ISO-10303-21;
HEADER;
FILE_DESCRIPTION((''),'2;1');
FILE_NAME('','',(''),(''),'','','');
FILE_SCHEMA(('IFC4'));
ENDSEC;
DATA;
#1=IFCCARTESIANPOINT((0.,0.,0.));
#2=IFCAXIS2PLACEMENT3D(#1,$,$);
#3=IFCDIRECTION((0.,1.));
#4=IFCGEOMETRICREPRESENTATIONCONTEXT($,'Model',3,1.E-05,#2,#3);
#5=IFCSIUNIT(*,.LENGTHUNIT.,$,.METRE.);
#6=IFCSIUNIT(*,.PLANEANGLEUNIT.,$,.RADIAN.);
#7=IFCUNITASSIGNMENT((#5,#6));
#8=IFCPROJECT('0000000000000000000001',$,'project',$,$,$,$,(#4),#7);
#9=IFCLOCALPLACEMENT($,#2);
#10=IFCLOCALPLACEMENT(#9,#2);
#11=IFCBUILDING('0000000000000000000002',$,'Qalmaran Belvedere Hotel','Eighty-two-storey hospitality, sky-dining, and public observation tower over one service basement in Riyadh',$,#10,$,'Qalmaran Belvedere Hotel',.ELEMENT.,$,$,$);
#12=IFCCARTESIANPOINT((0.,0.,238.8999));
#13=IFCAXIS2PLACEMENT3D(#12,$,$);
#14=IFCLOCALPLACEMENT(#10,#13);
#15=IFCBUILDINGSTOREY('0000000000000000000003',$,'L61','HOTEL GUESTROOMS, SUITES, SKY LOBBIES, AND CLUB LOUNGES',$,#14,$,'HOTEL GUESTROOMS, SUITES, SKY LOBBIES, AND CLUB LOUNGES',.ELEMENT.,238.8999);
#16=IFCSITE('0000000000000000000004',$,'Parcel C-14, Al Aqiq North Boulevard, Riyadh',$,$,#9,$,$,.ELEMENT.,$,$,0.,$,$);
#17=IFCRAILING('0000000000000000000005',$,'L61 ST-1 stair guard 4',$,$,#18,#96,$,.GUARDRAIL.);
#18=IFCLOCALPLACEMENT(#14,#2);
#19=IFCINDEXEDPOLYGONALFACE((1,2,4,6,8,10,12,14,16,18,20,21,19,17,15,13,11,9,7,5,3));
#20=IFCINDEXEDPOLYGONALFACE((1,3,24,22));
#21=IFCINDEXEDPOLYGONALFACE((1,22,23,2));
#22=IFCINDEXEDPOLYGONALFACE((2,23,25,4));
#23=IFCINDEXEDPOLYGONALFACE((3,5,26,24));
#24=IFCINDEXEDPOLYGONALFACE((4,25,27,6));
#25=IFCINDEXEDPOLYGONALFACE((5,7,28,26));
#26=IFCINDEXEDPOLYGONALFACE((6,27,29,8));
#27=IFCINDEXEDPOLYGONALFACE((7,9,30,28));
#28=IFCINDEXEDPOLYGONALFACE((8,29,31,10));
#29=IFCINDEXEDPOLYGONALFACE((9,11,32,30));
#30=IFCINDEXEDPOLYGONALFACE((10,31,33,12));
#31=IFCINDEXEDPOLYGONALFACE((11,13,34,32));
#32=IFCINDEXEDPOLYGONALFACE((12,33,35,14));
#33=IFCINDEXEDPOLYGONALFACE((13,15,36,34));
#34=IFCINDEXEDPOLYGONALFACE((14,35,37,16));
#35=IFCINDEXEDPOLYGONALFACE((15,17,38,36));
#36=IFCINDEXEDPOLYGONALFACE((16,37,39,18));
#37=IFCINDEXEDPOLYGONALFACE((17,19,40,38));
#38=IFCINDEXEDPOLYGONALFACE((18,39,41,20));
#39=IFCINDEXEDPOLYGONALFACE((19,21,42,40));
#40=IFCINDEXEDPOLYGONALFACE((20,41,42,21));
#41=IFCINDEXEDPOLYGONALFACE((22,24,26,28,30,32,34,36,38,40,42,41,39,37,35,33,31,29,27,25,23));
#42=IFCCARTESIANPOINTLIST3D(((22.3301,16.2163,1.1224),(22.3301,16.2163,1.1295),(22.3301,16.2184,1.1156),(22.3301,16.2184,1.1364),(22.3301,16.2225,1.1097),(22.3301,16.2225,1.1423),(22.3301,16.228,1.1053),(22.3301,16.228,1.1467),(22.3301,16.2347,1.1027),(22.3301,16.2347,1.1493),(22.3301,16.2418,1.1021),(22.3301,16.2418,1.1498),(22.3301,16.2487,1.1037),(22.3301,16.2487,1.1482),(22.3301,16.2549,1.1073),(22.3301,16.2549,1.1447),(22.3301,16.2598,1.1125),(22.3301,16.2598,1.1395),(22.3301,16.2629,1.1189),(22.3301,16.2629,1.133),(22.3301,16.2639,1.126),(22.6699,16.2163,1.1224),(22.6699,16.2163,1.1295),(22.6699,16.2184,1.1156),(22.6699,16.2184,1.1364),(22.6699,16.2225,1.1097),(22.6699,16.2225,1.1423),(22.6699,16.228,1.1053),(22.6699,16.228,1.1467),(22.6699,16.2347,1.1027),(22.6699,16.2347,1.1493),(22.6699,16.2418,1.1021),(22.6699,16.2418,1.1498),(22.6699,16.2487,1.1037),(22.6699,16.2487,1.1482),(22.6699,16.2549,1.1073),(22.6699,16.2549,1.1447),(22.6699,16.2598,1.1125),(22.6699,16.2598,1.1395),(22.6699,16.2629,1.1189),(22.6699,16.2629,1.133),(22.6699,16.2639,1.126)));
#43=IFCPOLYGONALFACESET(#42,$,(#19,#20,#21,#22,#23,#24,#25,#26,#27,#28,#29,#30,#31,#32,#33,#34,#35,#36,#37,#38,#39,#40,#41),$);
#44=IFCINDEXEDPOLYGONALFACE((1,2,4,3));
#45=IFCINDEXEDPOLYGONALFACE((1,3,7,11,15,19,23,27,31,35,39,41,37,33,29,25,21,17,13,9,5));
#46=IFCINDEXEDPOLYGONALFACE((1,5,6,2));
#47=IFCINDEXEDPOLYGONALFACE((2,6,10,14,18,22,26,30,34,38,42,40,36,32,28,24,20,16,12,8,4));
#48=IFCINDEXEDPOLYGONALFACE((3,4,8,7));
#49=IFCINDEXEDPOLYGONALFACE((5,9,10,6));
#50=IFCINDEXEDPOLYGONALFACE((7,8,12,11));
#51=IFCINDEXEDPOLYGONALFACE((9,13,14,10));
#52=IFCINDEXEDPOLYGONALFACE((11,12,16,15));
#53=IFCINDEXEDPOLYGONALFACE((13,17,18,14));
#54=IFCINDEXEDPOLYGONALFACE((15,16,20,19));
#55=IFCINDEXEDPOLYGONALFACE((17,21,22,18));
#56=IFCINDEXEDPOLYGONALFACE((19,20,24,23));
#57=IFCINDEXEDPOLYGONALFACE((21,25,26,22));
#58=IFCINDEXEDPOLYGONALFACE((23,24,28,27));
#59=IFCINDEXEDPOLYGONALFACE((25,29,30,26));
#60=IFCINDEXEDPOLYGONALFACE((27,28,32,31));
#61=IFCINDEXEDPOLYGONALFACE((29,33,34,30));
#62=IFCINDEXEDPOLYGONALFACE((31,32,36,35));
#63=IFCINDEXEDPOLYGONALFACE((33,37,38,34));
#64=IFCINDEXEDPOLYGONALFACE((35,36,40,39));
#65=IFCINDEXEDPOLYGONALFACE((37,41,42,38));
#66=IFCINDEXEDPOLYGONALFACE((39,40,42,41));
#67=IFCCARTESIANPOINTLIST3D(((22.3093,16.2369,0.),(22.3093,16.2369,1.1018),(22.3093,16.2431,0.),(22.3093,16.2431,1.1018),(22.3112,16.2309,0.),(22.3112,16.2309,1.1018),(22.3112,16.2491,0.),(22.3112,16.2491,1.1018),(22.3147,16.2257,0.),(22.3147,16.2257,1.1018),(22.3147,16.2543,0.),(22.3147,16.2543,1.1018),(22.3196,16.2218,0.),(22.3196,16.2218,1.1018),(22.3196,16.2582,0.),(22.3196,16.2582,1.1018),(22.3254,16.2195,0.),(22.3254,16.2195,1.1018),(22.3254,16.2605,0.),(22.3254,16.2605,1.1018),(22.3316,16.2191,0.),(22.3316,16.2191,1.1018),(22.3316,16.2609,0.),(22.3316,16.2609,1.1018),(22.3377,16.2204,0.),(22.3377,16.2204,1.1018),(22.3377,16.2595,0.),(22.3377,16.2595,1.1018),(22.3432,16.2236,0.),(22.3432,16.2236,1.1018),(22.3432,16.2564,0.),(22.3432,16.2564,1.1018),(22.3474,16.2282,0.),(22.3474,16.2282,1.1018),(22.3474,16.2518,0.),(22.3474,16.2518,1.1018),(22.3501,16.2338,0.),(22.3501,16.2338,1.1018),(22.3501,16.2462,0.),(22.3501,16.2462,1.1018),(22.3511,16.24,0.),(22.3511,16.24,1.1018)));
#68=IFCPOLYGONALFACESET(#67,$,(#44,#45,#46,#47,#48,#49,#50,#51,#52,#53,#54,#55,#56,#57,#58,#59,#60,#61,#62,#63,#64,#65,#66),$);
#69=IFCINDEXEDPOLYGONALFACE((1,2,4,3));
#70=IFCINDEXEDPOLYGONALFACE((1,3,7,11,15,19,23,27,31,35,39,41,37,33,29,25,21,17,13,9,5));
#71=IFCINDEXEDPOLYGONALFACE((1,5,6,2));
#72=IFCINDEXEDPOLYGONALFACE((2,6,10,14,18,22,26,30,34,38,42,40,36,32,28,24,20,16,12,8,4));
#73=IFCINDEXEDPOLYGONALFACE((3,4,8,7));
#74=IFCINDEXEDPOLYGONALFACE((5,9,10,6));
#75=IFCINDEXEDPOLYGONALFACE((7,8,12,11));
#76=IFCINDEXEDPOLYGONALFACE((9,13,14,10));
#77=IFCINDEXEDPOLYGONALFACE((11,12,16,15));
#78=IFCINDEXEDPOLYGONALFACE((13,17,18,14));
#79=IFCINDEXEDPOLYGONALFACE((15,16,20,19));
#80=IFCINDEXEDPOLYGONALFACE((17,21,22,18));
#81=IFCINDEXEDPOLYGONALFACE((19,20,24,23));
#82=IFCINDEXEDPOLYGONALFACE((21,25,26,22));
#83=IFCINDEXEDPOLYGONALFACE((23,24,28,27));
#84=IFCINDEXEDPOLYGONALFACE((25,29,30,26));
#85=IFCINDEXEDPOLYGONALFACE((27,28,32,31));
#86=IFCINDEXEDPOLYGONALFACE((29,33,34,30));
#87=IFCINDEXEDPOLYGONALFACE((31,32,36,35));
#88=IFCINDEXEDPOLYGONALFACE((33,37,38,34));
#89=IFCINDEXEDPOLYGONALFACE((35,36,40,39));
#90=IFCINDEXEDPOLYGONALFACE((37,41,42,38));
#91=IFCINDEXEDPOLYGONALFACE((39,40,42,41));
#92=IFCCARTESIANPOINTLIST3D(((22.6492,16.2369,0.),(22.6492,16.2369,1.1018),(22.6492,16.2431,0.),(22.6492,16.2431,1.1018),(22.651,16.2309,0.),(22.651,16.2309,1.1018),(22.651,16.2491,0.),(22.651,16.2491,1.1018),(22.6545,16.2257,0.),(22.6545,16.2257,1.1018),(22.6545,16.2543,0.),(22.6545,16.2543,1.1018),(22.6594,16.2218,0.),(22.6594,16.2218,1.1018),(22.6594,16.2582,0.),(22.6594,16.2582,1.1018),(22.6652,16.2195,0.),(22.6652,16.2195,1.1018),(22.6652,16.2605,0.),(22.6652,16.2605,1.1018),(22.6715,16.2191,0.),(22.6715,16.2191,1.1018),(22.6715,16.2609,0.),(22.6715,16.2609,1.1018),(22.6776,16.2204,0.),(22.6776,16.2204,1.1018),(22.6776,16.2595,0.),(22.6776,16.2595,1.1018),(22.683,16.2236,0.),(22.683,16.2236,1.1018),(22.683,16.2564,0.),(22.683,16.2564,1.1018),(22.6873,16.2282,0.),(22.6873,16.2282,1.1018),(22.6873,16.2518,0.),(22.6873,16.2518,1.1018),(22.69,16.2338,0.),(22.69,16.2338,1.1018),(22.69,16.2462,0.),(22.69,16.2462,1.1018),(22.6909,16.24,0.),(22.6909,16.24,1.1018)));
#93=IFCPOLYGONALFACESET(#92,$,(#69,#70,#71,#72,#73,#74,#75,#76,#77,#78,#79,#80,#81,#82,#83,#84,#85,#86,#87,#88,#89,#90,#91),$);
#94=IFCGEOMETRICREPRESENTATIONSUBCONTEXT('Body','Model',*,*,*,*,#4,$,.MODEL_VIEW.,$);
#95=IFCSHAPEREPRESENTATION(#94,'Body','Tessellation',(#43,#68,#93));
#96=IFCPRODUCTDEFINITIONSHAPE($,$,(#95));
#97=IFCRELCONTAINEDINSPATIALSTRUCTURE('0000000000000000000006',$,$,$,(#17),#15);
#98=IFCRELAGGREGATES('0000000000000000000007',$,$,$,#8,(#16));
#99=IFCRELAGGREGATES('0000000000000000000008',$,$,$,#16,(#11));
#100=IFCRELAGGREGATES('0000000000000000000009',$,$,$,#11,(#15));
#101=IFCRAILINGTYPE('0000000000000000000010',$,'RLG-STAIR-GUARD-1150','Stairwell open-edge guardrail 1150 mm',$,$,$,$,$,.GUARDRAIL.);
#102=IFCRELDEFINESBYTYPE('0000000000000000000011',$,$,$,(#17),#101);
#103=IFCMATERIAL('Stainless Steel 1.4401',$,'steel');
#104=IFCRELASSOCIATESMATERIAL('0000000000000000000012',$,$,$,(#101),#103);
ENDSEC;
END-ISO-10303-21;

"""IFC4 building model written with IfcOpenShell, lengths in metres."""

from ifc_helpers import new_model, si_unit, direction, frame, origin, origin_2d, place, context, subcontext, project, spatial, circle, extrude, material, type_object, element, save


model = new_model("IFC4")

# Units and contexts
model_context = context("Model", 3, precision=1e-05, world=origin(), true_north=direction((0.0, 1.0)))
body_context = subcontext(model_context, "Body", "Model", "MODEL_VIEW")
ifc_project = project(units=[si_unit("LENGTHUNIT", "METRE"), si_unit("PLANEANGLEUNIT", "RADIAN")], contexts=[model_context])

# Site, building, storey
site_placement = place(None, origin())
site = spatial("IfcSite", under=ifc_project, at=site_placement, Name="Parcel C-14, Al Aqiq North Boulevard, Riyadh", CompositionType="ELEMENT", RefElevation=0.0)
building_placement = place(site_placement, origin())
building = spatial("IfcBuilding", under=site, at=building_placement, Name="Qalmaran Belvedere Hotel", Description="Eighty-two-storey hospitality, sky-dining, and public observation tower over one service basement in Riyadh", LongName="Qalmaran Belvedere Hotel", CompositionType="ELEMENT")
storey_placement = place(building_placement, frame((0.0, 0.0, 238.8999)))
storey = spatial("IfcBuildingStorey", under=building, at=storey_placement, Name="L61", Description="HOTEL GUESTROOMS, SUITES, SKY LOBBIES, AND CLUB LOUNGES", LongName="HOTEL GUESTROOMS, SUITES, SKY LOBBIES, AND CLUB LOUNGES", CompositionType="ELEMENT", Elevation=238.8999)

# Railing
ifc_material_1 = material(Name="Stainless Steel 1.4401", Category="steel")
railing_type_1 = type_object("IfcRailingType", Name="RLG-STAIR-GUARD-1150", Description="Stairwell open-edge guardrail 1150 mm", PredefinedType="GUARDRAIL", material=ifc_material_1)
railing_1_placement = place(storey_placement, frame((22.3301, 16.24, 0.0)))
element("IfcRailing", 1, at=railing_1_placement, inside=storey, type_object=railing_type_1, Name="L61 ST-1 stair guard 4", PredefinedType="GUARDRAIL", context=body_context, shape_type="SweptSolid", body=[
    extrude(circle(Radius=0.0239, at=origin_2d()), frame((0.0, 0.0, 1.126), z_axis=(1.0, 0.0, 0.0), x_axis=(0.0, 1.0, 0.0)), (0.0, 0.0, 1.0), 0.3398),
    extrude(circle(Radius=0.021, at=origin_2d()), origin(), (0.0, 0.0, 1.0), 1.1018),
    extrude(circle(Radius=0.021, at=origin_2d()), frame((0.3398, 0.0, 0.0)), (0.0, 0.0, 1.0), 1.1018),
])

save(model, "model.ifc")
